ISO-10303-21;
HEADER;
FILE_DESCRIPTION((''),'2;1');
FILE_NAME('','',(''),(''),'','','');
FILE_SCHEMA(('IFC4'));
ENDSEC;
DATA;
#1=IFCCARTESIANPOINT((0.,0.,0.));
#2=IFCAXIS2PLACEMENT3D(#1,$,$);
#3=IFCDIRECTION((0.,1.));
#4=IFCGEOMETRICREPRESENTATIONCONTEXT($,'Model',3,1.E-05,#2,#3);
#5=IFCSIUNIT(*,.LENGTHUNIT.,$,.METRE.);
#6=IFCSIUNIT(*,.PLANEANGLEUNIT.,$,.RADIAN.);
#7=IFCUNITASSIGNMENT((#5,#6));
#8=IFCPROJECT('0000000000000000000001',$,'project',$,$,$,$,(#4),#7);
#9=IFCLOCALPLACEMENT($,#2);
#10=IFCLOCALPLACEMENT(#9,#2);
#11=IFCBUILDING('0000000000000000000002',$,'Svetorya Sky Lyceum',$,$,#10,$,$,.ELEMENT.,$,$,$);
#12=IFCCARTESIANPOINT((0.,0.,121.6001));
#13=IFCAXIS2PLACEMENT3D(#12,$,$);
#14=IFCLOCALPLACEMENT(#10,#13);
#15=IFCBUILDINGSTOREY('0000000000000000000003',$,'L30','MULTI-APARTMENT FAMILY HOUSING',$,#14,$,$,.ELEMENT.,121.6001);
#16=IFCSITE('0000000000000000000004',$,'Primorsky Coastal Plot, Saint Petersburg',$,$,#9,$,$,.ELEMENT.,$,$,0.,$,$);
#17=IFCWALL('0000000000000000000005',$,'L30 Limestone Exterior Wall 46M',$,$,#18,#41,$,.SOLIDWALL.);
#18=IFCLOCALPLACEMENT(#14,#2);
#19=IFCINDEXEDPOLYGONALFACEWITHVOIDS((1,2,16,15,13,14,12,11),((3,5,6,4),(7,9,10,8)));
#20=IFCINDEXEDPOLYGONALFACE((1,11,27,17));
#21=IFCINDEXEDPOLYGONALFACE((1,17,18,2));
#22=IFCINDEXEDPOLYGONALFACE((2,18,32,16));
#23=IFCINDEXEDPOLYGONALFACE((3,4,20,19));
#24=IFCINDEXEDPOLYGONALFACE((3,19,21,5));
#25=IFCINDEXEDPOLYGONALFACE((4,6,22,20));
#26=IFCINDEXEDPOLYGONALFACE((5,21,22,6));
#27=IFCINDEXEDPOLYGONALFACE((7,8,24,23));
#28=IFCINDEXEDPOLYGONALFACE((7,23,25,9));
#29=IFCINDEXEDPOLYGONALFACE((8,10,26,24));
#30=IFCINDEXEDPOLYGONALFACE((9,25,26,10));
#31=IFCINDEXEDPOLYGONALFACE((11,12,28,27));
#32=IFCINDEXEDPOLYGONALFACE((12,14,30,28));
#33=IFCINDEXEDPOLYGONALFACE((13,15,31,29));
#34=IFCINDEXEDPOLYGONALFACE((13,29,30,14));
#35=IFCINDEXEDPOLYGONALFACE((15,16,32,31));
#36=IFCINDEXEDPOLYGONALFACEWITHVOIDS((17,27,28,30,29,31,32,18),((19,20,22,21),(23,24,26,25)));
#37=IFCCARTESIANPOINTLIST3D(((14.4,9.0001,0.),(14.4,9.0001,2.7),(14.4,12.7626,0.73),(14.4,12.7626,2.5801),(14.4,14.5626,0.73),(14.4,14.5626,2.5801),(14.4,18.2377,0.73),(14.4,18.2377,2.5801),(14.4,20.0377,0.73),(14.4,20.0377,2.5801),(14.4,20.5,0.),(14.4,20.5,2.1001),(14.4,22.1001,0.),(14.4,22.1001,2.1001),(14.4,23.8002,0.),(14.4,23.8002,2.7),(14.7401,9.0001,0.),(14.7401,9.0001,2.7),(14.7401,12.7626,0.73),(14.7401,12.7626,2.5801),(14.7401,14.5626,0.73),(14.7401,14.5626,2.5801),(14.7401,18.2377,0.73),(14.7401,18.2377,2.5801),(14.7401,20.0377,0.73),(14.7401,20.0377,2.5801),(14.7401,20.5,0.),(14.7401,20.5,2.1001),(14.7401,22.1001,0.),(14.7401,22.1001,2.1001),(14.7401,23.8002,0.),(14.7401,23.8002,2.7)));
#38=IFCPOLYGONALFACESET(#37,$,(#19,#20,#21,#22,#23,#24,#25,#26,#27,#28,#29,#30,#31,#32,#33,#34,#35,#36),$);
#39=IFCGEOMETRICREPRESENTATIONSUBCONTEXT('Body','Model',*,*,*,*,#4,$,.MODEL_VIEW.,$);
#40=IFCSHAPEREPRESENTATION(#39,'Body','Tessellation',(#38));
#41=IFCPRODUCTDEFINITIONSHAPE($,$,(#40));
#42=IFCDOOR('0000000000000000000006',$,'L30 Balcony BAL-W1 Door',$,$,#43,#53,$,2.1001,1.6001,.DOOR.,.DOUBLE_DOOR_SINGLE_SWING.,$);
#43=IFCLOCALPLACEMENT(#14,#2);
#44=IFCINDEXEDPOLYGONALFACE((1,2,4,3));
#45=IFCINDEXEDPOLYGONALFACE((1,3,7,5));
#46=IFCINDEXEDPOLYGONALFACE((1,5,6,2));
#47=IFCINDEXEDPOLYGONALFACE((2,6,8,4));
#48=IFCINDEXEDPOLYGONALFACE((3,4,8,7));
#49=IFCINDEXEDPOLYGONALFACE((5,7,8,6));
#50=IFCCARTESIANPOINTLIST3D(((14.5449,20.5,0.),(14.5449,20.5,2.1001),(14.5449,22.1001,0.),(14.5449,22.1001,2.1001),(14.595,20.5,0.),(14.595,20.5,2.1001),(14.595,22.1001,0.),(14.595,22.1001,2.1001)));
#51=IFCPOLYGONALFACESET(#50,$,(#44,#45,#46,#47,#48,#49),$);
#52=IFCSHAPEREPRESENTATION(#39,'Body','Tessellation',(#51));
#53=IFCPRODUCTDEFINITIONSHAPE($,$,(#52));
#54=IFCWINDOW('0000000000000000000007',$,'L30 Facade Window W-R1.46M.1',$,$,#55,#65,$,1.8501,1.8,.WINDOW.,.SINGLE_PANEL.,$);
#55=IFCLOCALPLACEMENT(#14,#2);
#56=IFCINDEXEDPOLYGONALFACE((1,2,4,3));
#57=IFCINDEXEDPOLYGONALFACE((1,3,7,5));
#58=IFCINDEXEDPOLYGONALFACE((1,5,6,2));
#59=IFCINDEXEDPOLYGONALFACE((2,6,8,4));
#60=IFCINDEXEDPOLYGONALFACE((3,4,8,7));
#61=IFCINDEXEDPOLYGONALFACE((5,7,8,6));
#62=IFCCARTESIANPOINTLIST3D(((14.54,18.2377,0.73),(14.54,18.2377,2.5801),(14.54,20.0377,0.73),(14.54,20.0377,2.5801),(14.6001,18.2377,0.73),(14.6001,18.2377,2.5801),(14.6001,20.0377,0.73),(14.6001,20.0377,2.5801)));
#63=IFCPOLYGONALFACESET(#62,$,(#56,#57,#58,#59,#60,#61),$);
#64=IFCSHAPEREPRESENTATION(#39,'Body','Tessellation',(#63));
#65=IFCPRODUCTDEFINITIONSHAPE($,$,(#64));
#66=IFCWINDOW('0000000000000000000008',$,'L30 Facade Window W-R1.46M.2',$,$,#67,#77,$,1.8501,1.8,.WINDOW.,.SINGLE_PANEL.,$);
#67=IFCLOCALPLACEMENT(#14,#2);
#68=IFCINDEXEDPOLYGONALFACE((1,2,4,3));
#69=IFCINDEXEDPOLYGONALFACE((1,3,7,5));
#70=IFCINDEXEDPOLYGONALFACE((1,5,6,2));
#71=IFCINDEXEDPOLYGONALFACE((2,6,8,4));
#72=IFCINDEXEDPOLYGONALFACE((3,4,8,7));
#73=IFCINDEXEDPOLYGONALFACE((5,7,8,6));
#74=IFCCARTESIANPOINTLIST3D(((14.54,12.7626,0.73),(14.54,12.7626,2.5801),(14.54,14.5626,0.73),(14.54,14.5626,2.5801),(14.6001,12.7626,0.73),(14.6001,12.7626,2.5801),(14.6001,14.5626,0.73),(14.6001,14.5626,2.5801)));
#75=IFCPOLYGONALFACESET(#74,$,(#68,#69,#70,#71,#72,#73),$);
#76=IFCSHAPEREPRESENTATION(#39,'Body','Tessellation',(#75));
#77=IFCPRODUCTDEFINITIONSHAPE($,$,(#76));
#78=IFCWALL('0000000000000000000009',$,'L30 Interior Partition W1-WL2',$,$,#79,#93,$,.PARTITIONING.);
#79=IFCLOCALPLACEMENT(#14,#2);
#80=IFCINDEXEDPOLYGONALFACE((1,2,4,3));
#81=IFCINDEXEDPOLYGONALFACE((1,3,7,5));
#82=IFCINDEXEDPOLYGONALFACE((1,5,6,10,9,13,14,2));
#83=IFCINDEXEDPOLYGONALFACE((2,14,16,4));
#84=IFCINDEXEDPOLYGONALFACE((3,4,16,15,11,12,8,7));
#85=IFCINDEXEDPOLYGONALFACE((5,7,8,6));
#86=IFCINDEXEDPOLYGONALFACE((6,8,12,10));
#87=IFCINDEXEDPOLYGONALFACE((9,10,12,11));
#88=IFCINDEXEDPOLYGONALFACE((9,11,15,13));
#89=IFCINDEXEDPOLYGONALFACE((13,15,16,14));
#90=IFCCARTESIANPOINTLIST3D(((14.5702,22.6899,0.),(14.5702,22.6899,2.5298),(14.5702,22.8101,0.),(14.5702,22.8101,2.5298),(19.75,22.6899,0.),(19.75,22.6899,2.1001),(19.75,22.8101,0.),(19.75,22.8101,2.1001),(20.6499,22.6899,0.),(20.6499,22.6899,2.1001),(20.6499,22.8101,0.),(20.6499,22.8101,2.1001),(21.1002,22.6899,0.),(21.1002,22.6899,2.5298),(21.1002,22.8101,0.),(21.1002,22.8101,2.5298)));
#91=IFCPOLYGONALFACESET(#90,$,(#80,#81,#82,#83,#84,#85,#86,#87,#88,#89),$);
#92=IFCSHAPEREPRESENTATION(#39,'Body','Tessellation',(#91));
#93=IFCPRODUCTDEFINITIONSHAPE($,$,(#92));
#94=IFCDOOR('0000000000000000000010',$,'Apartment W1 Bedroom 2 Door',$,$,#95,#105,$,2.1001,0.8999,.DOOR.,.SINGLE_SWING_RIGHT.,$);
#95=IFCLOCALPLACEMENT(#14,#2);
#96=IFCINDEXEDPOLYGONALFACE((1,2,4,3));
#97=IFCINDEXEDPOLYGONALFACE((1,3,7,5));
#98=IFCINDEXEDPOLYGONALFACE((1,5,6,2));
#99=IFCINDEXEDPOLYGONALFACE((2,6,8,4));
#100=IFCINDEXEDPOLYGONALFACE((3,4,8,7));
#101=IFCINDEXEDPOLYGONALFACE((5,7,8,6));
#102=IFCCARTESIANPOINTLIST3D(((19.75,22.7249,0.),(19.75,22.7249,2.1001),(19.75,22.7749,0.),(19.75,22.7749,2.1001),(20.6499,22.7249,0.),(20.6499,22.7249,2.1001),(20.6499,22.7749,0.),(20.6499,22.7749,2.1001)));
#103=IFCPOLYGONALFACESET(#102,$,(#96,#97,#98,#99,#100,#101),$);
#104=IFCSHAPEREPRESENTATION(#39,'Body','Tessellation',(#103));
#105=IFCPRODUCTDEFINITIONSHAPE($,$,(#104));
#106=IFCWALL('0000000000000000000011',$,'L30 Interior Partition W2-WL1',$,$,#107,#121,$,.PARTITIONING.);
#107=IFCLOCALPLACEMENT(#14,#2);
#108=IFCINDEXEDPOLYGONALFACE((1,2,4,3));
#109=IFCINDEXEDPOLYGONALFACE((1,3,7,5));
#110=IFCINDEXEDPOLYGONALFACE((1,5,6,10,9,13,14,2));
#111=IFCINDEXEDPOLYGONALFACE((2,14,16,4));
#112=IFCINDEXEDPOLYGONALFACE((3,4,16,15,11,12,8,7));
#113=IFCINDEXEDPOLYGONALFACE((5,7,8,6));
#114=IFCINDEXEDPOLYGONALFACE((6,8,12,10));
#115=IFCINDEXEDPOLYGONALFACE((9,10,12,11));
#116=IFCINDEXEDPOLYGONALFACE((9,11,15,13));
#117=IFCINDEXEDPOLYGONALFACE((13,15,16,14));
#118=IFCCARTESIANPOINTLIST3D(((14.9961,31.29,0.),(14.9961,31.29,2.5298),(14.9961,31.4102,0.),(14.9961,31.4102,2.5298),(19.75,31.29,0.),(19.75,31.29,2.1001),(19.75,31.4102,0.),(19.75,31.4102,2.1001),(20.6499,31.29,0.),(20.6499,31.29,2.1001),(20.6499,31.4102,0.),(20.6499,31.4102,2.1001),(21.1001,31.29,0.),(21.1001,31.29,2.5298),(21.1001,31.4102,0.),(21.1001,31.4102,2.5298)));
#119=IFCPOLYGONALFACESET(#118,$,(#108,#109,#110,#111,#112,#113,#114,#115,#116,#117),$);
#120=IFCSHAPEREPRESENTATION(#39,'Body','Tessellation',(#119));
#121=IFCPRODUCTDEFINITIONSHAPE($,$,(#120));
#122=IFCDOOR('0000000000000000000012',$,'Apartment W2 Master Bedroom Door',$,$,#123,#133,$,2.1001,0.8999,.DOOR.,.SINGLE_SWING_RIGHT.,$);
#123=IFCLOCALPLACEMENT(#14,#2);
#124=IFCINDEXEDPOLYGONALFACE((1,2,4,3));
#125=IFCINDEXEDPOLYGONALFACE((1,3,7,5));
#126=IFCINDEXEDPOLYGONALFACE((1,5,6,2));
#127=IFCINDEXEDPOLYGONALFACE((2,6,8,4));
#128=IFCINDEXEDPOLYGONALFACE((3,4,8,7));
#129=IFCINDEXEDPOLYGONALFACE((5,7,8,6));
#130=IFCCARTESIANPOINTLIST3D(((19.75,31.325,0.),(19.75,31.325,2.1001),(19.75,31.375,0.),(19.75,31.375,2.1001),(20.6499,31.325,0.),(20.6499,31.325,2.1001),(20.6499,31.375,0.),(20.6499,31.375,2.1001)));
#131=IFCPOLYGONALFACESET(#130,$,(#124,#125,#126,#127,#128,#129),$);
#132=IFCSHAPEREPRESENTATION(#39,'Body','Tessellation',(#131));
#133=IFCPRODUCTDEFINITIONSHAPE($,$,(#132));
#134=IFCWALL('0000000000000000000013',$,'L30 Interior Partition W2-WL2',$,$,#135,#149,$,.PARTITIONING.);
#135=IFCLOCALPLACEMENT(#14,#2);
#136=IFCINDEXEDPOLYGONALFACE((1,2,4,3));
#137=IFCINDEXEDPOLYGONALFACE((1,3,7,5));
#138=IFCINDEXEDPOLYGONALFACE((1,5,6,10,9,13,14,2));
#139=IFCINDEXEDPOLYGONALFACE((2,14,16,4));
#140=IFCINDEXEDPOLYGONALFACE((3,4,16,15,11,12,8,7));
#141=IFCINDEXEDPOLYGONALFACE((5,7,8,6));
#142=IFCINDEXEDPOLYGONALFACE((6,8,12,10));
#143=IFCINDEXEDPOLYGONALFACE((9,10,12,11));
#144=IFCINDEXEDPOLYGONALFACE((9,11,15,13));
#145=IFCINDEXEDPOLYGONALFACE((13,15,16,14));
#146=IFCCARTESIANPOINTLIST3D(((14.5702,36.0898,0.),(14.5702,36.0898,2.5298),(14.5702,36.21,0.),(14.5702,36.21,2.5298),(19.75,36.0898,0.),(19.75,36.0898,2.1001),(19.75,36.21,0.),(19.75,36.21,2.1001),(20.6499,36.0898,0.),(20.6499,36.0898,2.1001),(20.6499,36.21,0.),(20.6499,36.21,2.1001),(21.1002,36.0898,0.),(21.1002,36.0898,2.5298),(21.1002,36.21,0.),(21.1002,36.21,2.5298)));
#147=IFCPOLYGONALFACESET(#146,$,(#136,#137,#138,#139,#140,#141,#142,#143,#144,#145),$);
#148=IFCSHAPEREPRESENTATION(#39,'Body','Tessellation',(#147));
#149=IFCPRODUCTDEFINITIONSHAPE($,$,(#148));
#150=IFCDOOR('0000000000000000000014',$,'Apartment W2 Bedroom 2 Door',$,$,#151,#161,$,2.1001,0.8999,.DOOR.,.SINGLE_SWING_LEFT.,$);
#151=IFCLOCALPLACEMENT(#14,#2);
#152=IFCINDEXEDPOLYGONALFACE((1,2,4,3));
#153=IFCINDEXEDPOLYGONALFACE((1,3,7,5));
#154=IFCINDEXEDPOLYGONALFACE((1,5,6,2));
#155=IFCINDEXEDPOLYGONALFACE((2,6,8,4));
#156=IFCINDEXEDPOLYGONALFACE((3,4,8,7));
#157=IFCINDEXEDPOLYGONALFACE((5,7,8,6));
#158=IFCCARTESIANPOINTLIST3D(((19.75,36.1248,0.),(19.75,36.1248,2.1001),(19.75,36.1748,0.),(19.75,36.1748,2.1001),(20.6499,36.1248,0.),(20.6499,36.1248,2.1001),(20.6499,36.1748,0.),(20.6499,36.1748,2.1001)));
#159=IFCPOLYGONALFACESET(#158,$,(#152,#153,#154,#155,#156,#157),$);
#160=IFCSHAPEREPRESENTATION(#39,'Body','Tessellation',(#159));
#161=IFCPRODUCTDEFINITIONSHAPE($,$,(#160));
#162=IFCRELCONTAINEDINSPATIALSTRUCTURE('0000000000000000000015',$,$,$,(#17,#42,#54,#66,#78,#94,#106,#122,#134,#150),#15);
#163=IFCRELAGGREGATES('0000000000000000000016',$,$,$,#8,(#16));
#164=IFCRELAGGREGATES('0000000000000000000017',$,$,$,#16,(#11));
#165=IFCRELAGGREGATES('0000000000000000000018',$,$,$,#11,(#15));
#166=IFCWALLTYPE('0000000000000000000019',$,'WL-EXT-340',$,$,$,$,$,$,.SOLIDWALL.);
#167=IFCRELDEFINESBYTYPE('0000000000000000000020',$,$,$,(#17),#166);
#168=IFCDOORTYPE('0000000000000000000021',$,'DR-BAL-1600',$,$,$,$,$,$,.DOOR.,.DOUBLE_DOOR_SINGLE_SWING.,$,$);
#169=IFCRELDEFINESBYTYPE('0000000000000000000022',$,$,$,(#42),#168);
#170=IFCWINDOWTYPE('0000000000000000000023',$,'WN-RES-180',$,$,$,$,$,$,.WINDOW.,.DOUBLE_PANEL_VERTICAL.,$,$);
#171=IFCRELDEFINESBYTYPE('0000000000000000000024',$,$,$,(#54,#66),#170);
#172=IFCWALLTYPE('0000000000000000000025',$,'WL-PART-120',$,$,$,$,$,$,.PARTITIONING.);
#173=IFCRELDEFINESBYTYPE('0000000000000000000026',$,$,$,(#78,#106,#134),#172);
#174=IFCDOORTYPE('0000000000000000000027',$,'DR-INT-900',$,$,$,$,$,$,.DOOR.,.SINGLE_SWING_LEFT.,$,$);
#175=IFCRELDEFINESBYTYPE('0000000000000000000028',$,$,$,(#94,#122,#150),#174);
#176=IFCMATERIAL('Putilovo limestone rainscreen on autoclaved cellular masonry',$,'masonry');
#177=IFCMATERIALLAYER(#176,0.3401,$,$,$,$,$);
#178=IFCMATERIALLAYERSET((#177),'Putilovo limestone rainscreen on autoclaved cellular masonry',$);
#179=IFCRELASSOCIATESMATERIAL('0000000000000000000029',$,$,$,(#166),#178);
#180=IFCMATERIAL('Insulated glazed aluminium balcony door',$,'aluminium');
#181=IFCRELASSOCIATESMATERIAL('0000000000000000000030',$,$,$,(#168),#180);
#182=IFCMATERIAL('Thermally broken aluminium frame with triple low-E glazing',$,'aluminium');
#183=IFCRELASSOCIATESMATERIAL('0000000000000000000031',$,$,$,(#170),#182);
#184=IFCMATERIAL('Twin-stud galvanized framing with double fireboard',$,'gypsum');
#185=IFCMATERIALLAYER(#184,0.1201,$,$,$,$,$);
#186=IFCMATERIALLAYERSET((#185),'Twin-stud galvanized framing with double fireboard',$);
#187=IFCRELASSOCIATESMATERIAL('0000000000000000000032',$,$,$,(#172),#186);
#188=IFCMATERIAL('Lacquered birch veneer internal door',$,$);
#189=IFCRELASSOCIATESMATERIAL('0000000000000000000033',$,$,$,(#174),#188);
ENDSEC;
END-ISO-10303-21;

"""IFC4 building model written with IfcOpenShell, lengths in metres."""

from ifc_helpers import new_model, si_unit, direction, frame, frame_2d, origin, place, context, subcontext, project, spatial, rectangle, extrude, material, layer, layer_set, type_object, element, fill, save


model = new_model("IFC4")

# Units and contexts
model_context = context("Model", 3, precision=1e-05, world=origin(), true_north=direction((0.0, 1.0)))
body_context = subcontext(model_context, "Body", "Model", "MODEL_VIEW")
ifc_project = project(units=[si_unit("LENGTHUNIT", "METRE"), si_unit("PLANEANGLEUNIT", "RADIAN")], contexts=[model_context])

# Site, building, storey
site_placement = place(None, origin())
site = spatial("IfcSite", under=ifc_project, at=site_placement, Name="Primorsky Coastal Plot, Saint Petersburg", CompositionType="ELEMENT", RefElevation=0.0)
building_placement = place(site_placement, origin())
building = spatial("IfcBuilding", under=site, at=building_placement, Name="Svetorya Sky Lyceum", CompositionType="ELEMENT")
storey_placement = place(building_placement, frame((0.0, 0.0, 121.6001)))
storey = spatial("IfcBuildingStorey", under=building, at=storey_placement, Name="L30", Description="MULTI-APARTMENT FAMILY HOUSING", CompositionType="ELEMENT", Elevation=121.6001)

# Shared definitions
ifc_material_1 = material(Name="Putilovo limestone rainscreen on autoclaved cellular masonry", Category="masonry")
ifc_layer_1 = layer(ifc_material_1, 0.3401)
ifc_layer_set_1 = layer_set([ifc_layer_1], Name="Putilovo limestone rainscreen on autoclaved cellular masonry")
wall_type_1 = type_object("IfcWallType", Name="WL-EXT-340", PredefinedType="SOLIDWALL", material=ifc_layer_set_1)

# Shared definitions
ifc_material_2 = material(Name="Thermally broken aluminium frame with triple low-E glazing", Category="aluminium")

# Wall, openings, door, windows
wall_1_placement = place(storey_placement, frame((14.5701, 23.8, 0.0), z_axis=(0.0, 0.0, 1.0), x_axis=(0.0, -1.0, 0.0)))
wall_1 = element("IfcWall", 1, at=wall_1_placement, inside=storey, type_object=wall_type_1, Name="L30 Limestone Exterior Wall 46M", PredefinedType="SOLIDWALL", context=body_context, shape_type="SweptSolid", body=[
    extrude(rectangle(XDim=14.8, YDim=0.3401, at=frame_2d((7.3999, 0.0))), origin(), (0.0, 0.0, 1.0), 2.7),
])
opening_1_placement = place(wall_1_placement, frame((1.7, 0.0, 0.0)))
opening_1 = element("IfcOpeningElement", 2, at=opening_1_placement, cuts=wall_1, PredefinedType="OPENING", context=body_context, shape_type="SweptSolid", body=[
    extrude(rectangle(XDim=1.6001, YDim=2.1001, at=frame_2d((0.8, 1.05))), frame((0.0, 0.1799, 0.0), z_axis=(0.0, -1.0, 0.0), x_axis=(1.0, 0.0, 0.0)), (0.0, 0.0, 1.0), 0.3601),
])
opening_2_placement = place(wall_1_placement, frame((3.7625, 0.0, 0.73)))
opening_2 = element("IfcOpeningElement", 3, at=opening_2_placement, cuts=wall_1, PredefinedType="OPENING", context=body_context, shape_type="SweptSolid", body=[
    extrude(rectangle(XDim=1.8, YDim=1.8501, at=frame_2d((0.8999, 0.925))), frame((0.0, 0.1799, 0.0), z_axis=(0.0, -1.0, 0.0), x_axis=(1.0, 0.0, 0.0)), (0.0, 0.0, 1.0), 0.3601),
])
opening_3_placement = place(wall_1_placement, frame((9.2375, 0.0, 0.73)))
opening_3 = element("IfcOpeningElement", 4, at=opening_3_placement, cuts=wall_1, PredefinedType="OPENING", context=body_context, shape_type="SweptSolid", body=[
    extrude(rectangle(XDim=1.8, YDim=1.8501, at=frame_2d((0.8999, 0.925))), frame((0.0, 0.1799, 0.0), z_axis=(0.0, -1.0, 0.0), x_axis=(1.0, 0.0, 0.0)), (0.0, 0.0, 1.0), 0.3601),
])
ifc_material_3 = material(Name="Insulated glazed aluminium balcony door", Category="aluminium")
door_type_1 = type_object("IfcDoorType", Name="DR-BAL-1600", OperationType="DOUBLE_DOOR_SINGLE_SWING", PredefinedType="DOOR", material=ifc_material_3)
door_1_placement = place(opening_1_placement, origin())
door_1 = element("IfcDoor", 5, at=door_1_placement, inside=storey, type_object=door_type_1, Name="L30 Balcony BAL-W1 Door", OperationType="DOUBLE_DOOR_SINGLE_SWING", OverallHeight=2.1001, OverallWidth=1.6001, PredefinedType="DOOR", context=body_context, shape_type="SweptSolid", body=[
    extrude(rectangle(XDim=1.6001, YDim=2.1001, at=frame_2d((0.8, 1.05))), frame((0.0, 0.0249, 0.0), z_axis=(0.0, -1.0, 0.0), x_axis=(1.0, 0.0, 0.0)), (0.0, 0.0, 1.0), 0.05),
])
fill(opening_1, door_1)
window_type_1 = type_object("IfcWindowType", Name="WN-RES-180", PartitioningType="DOUBLE_PANEL_VERTICAL", PredefinedType="WINDOW", material=ifc_material_2)
window_1_placement = place(opening_2_placement, origin())
window_1 = element("IfcWindow", 6, at=window_1_placement, inside=storey, type_object=window_type_1, Name="L30 Facade Window W-R1.46M.1", OverallHeight=1.8501, OverallWidth=1.8, PartitioningType="SINGLE_PANEL", PredefinedType="WINDOW", context=body_context, shape_type="SweptSolid", body=[
    extrude(rectangle(XDim=1.8, YDim=1.8501, at=frame_2d((0.8999, 0.925))), frame((0.0, 0.03, 0.0), z_axis=(0.0, -1.0, 0.0), x_axis=(1.0, 0.0, 0.0)), (0.0, 0.0, 1.0), 0.0601),
])
fill(opening_2, window_1)
window_2_placement = place(opening_3_placement, origin())
window_2 = element("IfcWindow", 7, at=window_2_placement, inside=storey, type_object=window_type_1, Name="L30 Facade Window W-R1.46M.2", OverallHeight=1.8501, OverallWidth=1.8, PartitioningType="SINGLE_PANEL", PredefinedType="WINDOW", context=body_context, shape_type="SweptSolid", body=[
    extrude(rectangle(XDim=1.8, YDim=1.8501, at=frame_2d((0.8999, 0.925))), frame((0.0, 0.03, 0.0), z_axis=(0.0, -1.0, 0.0), x_axis=(1.0, 0.0, 0.0)), (0.0, 0.0, 1.0), 0.0601),
])
fill(opening_3, window_2)

# Walls, openings, doors
ifc_material_4 = material(Name="Twin-stud galvanized framing with double fireboard", Category="gypsum")
ifc_layer_2 = layer(ifc_material_4, 0.1201)
ifc_layer_set_2 = layer_set([ifc_layer_2], Name="Twin-stud galvanized framing with double fireboard")
wall_type_2 = type_object("IfcWallType", Name="WL-PART-120", PredefinedType="PARTITIONING", material=ifc_layer_set_2)
wall_2_placement = place(storey_placement, frame((14.5701, 22.75, 0.0), z_axis=(0.0, 0.0, 1.0), x_axis=(1.0, 0.0, 0.0)))
wall_2 = element("IfcWall", 8, at=wall_2_placement, inside=storey, type_object=wall_type_2, Name="L30 Interior Partition W1-WL2", PredefinedType="PARTITIONING", context=body_context, shape_type="SweptSolid", body=[
    extrude(rectangle(XDim=6.53, YDim=0.1201, at=frame_2d((3.2651, 0.0))), origin(), (0.0, 0.0, 1.0), 2.5298),
])
opening_4_placement = place(wall_2_placement, frame((5.1799, 0.0, 0.0)))
opening_4 = element("IfcOpeningElement", 9, at=opening_4_placement, cuts=wall_2, PredefinedType="OPENING", context=body_context, shape_type="SweptSolid", body=[
    extrude(rectangle(XDim=0.8999, YDim=2.1001, at=frame_2d((0.45, 1.05))), frame((0.0, 0.0701, 0.0), z_axis=(0.0, -1.0, 0.0), x_axis=(1.0, 0.0, 0.0)), (0.0, 0.0, 1.0), 0.1401),
])
ifc_material_5 = material(Name="Lacquered birch veneer internal door")
door_type_2 = type_object("IfcDoorType", Name="DR-INT-900", OperationType="SINGLE_SWING_LEFT", PredefinedType="DOOR", material=ifc_material_5)
door_2_placement = place(opening_4_placement, origin())
door_2 = element("IfcDoor", 10, at=door_2_placement, inside=storey, type_object=door_type_2, Name="Apartment W1 Bedroom 2 Door", OperationType="SINGLE_SWING_RIGHT", OverallHeight=2.1001, OverallWidth=0.8999, PredefinedType="DOOR", context=body_context, shape_type="SweptSolid", body=[
    extrude(rectangle(XDim=0.8999, YDim=2.1001, at=frame_2d((0.45, 1.05))), frame((0.0, 0.0249, 0.0), z_axis=(0.0, -1.0, 0.0), x_axis=(1.0, 0.0, 0.0)), (0.0, 0.0, 1.0), 0.05),
])
fill(opening_4, door_2)
wall_3_placement = place(storey_placement, frame((14.9961, 31.3501, 0.0), z_axis=(0.0, 0.0, 1.0), x_axis=(1.0, 0.0, 0.0)))
wall_3 = element("IfcWall", 11, at=wall_3_placement, inside=storey, type_object=wall_type_2, Name="L30 Interior Partition W2-WL1", PredefinedType="PARTITIONING", context=body_context, shape_type="SweptSolid", body=[
    extrude(rectangle(XDim=6.104, YDim=0.1201, at=frame_2d((3.052, 0.0))), origin(), (0.0, 0.0, 1.0), 2.5298),
])
opening_5_placement = place(wall_3_placement, frame((4.7539, 0.0, 0.0)))
opening_5 = element("IfcOpeningElement", 12, at=opening_5_placement, cuts=wall_3, PredefinedType="OPENING", context=body_context, shape_type="SweptSolid", body=[
    extrude(rectangle(XDim=0.8999, YDim=2.1001, at=frame_2d((0.45, 1.05))), frame((0.0, 0.0701, 0.0), z_axis=(0.0, -1.0, 0.0), x_axis=(1.0, 0.0, 0.0)), (0.0, 0.0, 1.0), 0.1401),
])
door_3_placement = place(opening_5_placement, origin())
door_3 = element("IfcDoor", 13, at=door_3_placement, inside=storey, type_object=door_type_2, Name="Apartment W2 Master Bedroom Door", OperationType="SINGLE_SWING_RIGHT", OverallHeight=2.1001, OverallWidth=0.8999, PredefinedType="DOOR", context=body_context, shape_type="SweptSolid", body=[
    extrude(rectangle(XDim=0.8999, YDim=2.1001, at=frame_2d((0.45, 1.05))), frame((0.0, 0.0249, 0.0), z_axis=(0.0, -1.0, 0.0), x_axis=(1.0, 0.0, 0.0)), (0.0, 0.0, 1.0), 0.05),
])
fill(opening_5, door_3)
wall_4_placement = place(storey_placement, frame((14.5701, 36.1499, 0.0), z_axis=(0.0, 0.0, 1.0), x_axis=(1.0, 0.0, 0.0)))
wall_4 = element("IfcWall", 14, at=wall_4_placement, inside=storey, type_object=wall_type_2, Name="L30 Interior Partition W2-WL2", PredefinedType="PARTITIONING", context=body_context, shape_type="SweptSolid", body=[
    extrude(rectangle(XDim=6.53, YDim=0.1201, at=frame_2d((3.2651, 0.0))), origin(), (0.0, 0.0, 1.0), 2.5298),
])
opening_6_placement = place(wall_4_placement, frame((5.1799, 0.0, 0.0)))
opening_6 = element("IfcOpeningElement", 15, at=opening_6_placement, cuts=wall_4, PredefinedType="OPENING", context=body_context, shape_type="SweptSolid", body=[
    extrude(rectangle(XDim=0.8999, YDim=2.1001, at=frame_2d((0.45, 1.05))), frame((0.0, 0.0701, 0.0), z_axis=(0.0, -1.0, 0.0), x_axis=(1.0, 0.0, 0.0)), (0.0, 0.0, 1.0), 0.1401),
])
door_4_placement = place(opening_6_placement, origin())
door_4 = element("IfcDoor", 16, at=door_4_placement, inside=storey, type_object=door_type_2, Name="Apartment W2 Bedroom 2 Door", OperationType="SINGLE_SWING_LEFT", OverallHeight=2.1001, OverallWidth=0.8999, PredefinedType="DOOR", context=body_context, shape_type="SweptSolid", body=[
    extrude(rectangle(XDim=0.8999, YDim=2.1001, at=frame_2d((0.45, 1.05))), frame((0.0, 0.0249, 0.0), z_axis=(0.0, -1.0, 0.0), x_axis=(1.0, 0.0, 0.0)), (0.0, 0.0, 1.0), 0.05),
])
fill(opening_6, door_4)

save(model, "model.ifc")
